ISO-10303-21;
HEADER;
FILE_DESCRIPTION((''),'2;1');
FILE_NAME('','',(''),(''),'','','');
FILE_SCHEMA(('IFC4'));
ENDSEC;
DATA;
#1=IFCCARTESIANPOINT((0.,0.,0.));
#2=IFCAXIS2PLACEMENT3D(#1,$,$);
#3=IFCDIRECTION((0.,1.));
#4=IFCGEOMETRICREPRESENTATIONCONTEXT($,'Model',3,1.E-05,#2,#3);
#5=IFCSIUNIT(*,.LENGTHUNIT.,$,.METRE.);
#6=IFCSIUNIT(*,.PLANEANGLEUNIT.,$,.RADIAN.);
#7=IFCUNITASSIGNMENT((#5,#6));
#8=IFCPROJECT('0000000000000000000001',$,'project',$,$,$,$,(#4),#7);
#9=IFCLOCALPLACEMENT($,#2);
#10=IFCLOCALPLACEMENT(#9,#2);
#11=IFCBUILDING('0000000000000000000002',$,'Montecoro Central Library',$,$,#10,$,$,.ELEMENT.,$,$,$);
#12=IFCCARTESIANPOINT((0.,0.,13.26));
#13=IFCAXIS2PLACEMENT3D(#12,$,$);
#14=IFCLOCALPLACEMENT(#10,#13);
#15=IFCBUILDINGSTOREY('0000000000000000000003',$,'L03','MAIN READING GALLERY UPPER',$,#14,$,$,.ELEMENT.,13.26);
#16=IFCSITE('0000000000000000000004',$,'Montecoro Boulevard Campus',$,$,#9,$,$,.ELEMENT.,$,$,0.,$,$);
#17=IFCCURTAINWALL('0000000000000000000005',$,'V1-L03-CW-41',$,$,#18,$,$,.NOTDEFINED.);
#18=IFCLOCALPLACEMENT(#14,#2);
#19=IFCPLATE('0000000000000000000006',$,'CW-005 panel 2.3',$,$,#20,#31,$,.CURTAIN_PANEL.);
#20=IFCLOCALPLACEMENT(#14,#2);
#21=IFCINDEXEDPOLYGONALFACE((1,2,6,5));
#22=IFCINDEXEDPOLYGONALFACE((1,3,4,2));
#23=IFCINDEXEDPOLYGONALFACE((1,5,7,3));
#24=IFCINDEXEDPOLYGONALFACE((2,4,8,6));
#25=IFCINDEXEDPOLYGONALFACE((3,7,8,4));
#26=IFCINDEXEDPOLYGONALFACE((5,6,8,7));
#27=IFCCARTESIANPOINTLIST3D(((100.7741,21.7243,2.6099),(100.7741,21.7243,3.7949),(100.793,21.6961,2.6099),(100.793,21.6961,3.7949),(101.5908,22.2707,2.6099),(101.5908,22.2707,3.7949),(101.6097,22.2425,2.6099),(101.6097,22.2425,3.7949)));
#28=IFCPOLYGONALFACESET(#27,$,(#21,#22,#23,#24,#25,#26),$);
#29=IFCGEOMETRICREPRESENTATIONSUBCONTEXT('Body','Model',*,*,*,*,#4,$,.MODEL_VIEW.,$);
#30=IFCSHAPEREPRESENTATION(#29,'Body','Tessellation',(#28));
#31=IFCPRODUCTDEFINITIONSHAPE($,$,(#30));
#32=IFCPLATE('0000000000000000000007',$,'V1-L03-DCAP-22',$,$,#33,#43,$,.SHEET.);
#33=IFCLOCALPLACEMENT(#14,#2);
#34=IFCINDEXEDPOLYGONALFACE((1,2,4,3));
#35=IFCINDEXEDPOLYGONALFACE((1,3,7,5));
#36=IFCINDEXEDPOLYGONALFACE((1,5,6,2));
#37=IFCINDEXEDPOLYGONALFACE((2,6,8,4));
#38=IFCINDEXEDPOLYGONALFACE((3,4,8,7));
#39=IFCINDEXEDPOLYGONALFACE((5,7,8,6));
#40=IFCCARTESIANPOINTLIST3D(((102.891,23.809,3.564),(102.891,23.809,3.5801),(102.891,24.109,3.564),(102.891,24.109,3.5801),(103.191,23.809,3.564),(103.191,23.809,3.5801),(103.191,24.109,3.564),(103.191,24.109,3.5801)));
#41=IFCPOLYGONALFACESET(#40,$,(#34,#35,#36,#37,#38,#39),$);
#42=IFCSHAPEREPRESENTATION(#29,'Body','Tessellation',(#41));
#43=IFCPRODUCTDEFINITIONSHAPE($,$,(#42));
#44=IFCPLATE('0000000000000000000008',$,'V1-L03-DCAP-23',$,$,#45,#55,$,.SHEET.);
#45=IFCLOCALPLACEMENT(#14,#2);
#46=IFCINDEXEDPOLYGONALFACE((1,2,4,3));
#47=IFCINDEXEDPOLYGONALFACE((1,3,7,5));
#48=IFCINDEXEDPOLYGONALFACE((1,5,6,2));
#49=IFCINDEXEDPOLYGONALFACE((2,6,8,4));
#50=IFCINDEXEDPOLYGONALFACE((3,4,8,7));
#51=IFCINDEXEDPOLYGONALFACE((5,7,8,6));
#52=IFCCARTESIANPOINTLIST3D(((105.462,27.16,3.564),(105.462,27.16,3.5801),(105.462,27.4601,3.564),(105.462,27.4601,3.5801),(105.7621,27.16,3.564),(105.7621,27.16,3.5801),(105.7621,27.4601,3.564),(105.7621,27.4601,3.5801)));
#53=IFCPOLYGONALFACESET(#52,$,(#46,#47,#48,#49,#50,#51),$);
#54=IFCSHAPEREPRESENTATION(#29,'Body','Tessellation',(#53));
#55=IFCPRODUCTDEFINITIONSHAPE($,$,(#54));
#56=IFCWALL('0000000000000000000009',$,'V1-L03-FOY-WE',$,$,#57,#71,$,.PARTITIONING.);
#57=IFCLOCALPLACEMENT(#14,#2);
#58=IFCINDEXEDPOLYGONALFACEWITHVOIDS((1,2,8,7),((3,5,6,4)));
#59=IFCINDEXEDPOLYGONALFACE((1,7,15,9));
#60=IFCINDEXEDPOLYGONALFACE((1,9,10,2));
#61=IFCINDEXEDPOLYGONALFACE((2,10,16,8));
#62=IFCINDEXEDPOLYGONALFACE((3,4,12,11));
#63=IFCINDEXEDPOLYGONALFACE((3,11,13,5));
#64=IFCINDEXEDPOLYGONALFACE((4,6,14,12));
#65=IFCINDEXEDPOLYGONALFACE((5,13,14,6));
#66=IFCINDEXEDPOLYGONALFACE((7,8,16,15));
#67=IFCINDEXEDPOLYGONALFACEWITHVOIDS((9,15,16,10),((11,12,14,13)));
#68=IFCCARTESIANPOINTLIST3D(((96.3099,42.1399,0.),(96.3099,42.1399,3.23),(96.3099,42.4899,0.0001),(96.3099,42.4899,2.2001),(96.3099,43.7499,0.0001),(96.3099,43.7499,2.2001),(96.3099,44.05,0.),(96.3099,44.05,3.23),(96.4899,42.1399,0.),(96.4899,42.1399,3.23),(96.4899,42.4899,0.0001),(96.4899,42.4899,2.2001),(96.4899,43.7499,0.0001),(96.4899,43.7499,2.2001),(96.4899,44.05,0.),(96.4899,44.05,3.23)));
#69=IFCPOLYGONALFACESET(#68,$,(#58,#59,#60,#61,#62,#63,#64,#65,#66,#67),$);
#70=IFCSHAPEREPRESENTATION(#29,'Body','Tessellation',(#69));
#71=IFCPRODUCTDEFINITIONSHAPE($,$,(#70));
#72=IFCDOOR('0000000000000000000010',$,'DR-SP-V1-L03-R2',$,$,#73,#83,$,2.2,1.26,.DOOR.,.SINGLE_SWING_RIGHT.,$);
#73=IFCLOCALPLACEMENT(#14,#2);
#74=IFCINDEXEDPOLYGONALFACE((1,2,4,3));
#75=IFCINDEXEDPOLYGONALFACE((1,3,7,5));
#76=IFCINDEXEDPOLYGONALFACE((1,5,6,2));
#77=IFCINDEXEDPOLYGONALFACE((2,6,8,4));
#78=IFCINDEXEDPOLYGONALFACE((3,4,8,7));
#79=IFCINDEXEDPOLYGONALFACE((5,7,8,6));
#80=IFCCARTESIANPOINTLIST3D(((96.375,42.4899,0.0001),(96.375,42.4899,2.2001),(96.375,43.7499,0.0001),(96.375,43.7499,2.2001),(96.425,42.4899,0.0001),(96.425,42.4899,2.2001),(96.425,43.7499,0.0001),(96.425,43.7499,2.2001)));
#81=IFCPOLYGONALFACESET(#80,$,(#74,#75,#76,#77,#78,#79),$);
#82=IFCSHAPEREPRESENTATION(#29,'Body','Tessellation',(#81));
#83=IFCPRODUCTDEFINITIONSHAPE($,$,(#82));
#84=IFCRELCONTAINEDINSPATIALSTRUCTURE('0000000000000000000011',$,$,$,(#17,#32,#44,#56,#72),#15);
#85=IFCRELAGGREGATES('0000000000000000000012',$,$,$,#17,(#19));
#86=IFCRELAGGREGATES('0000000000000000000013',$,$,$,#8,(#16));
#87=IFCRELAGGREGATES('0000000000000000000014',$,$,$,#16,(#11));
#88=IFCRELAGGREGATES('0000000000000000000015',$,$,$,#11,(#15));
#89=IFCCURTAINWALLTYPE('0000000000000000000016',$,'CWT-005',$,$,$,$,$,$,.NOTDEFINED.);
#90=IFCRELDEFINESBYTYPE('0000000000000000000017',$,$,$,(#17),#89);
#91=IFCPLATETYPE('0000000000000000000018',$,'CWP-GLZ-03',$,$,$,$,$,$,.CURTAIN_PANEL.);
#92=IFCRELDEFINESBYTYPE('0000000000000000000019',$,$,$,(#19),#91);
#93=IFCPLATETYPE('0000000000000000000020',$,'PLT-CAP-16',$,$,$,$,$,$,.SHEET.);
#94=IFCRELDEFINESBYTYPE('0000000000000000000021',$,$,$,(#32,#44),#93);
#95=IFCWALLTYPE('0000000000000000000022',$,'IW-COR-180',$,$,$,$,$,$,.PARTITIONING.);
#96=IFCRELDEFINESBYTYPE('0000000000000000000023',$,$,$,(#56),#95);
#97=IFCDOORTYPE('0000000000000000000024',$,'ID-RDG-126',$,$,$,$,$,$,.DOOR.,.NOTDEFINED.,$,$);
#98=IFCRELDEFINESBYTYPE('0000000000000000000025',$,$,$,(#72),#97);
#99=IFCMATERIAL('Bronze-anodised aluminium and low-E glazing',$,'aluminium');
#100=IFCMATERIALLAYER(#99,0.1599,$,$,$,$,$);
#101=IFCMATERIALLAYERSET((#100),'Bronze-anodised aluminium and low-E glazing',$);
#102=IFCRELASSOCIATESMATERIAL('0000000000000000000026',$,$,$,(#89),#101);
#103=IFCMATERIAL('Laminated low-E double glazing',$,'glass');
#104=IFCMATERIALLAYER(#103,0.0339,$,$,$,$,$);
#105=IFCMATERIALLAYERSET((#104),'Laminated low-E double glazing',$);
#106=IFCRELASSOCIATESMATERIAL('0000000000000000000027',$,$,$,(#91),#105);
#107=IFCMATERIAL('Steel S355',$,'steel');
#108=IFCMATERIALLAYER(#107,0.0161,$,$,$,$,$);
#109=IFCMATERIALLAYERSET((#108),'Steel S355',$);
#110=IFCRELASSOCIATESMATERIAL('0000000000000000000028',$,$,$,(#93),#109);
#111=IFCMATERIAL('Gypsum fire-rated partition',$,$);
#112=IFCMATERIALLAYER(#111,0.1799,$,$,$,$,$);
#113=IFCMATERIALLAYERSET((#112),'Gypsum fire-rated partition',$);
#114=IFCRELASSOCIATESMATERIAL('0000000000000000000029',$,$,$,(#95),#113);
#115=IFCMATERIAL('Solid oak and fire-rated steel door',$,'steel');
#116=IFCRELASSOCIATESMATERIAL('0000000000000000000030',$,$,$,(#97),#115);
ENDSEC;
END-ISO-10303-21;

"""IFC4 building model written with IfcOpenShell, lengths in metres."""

from ifc_helpers import new_model, si_unit, direction, frame, frame_2d, origin, origin_2d, place, context, subcontext, project, spatial, rectangle, extrude, material, layer, layer_set, type_object, element, fill, aggregate, save


model = new_model("IFC4")

# Units and contexts
model_context = context("Model", 3, precision=1e-05, world=origin(), true_north=direction((0.0, 1.0)))
body_context = subcontext(model_context, "Body", "Model", "MODEL_VIEW")
ifc_project = project(units=[si_unit("LENGTHUNIT", "METRE"), si_unit("PLANEANGLEUNIT", "RADIAN")], contexts=[model_context])

# Site, building, storey
site_placement = place(None, origin())
site = spatial("IfcSite", under=ifc_project, at=site_placement, Name="Montecoro Boulevard Campus", CompositionType="ELEMENT", RefElevation=0.0)
building_placement = place(site_placement, origin())
building = spatial("IfcBuilding", under=site, at=building_placement, Name="Montecoro Central Library", CompositionType="ELEMENT")
storey_placement = place(building_placement, frame((0.0, 0.0, 13.26)))
storey = spatial("IfcBuildingStorey", under=building, at=storey_placement, Name="L03", Description="MAIN READING GALLERY UPPER", CompositionType="ELEMENT", Elevation=13.26)

# Shared definitions
ifc_material_1 = material(Name="Steel S355", Category="steel")

# Curtain wall, plate
ifc_material_2 = material(Name="Bronze-anodised aluminium and low-E glazing", Category="aluminium")
ifc_layer_1 = layer(ifc_material_2, 0.1599)
ifc_layer_set_1 = layer_set([ifc_layer_1], Name="Bronze-anodised aluminium and low-E glazing")
curtain_wall_type = type_object("IfcCurtainWallType", Name="CWT-005", PredefinedType="NOTDEFINED", material=ifc_layer_set_1)
curtain_wall_placement = place(storey_placement, origin())
curtain_wall = element("IfcCurtainWall", 1, at=curtain_wall_placement, inside=storey, type_object=curtain_wall_type, Name="V1-L03-CW-41", PredefinedType="NOTDEFINED")
ifc_material_3 = material(Name="Laminated low-E double glazing", Category="glass")
ifc_layer_2 = layer(ifc_material_3, 0.0339)
ifc_layer_set_2 = layer_set([ifc_layer_2], Name="Laminated low-E double glazing")
plate_type_1 = type_object("IfcPlateType", Name="CWP-GLZ-03", PredefinedType="CURTAIN_PANEL", material=ifc_layer_set_2)
plate_1_placement = place(storey_placement, frame((101.1919, 21.9834, 2.6099), z_axis=(0.0, 0.0, 1.0), x_axis=(0.831117, 0.556098, 0.0)))
plate_1 = element("IfcPlate", 2, at=plate_1_placement, type_object=plate_type_1, Name="CW-005 panel 2.3", PredefinedType="CURTAIN_PANEL", context=body_context, shape_type="SweptSolid", body=[
    extrude(rectangle(XDim=0.9827, YDim=0.0339, at=origin_2d()), origin(), (0.0, 0.0, 1.0), 1.1851),
])
aggregate(curtain_wall, [plate_1])

# Plates
ifc_layer_3 = layer(ifc_material_1, 0.0161)
ifc_layer_set_3 = layer_set([ifc_layer_3], Name="Steel S355")
plate_type_2 = type_object("IfcPlateType", Name="PLT-CAP-16", PredefinedType="SHEET", material=ifc_layer_set_3)
for number, where, z_axis, x_axis, name in (
    (3, (103.041, 23.959, 3.564), (0.0, 0.0, 1.0), (1.0, 0.0, 0.0), "V1-L03-DCAP-22"),
    (4, (105.6121, 27.3101, 3.564), (0.0, 0.0, 1.0), (1.0, 0.0, 0.0), "V1-L03-DCAP-23"),
):
    element("IfcPlate", number, at=place(storey_placement, frame(where, z_axis=z_axis, x_axis=x_axis)), inside=storey, type_object=plate_type_2, Name=name, PredefinedType="SHEET", context=body_context, shape_type="SweptSolid", body=[
        extrude(rectangle(XDim=0.3, YDim=0.3, at=origin_2d()), origin(), (0.0, 0.0, 1.0), 0.0161),
    ])

# Wall, opening, door
ifc_material_4 = material(Name="Gypsum fire-rated partition")
ifc_layer_4 = layer(ifc_material_4, 0.1799)
ifc_layer_set_4 = layer_set([ifc_layer_4], Name="Gypsum fire-rated partition")
wall_type_1 = type_object("IfcWallType", Name="IW-COR-180", PredefinedType="PARTITIONING", material=ifc_layer_set_4)
wall_1_placement = place(storey_placement, frame((96.3999, 42.1399, 0.0), z_axis=(0.0, 0.0, 1.0), x_axis=(0.0, 1.0, 0.0)))
wall_1 = element("IfcWall", 5, at=wall_1_placement, inside=storey, type_object=wall_type_1, Name="V1-L03-FOY-WE", PredefinedType="PARTITIONING", context=body_context, shape_type="SweptSolid", body=[
    extrude(rectangle(XDim=1.9102, YDim=0.1799, at=frame_2d((0.9551, 0.0))), origin(), (0.0, 0.0, 1.0), 3.23),
])
opening_1_placement = place(wall_1_placement, frame((0.3501, 0.0, 0.0)))
opening_1 = element("IfcOpeningElement", 6, at=opening_1_placement, cuts=wall_1, PredefinedType="OPENING", context=body_context, shape_type="SweptSolid", body=[
    extrude(rectangle(XDim=1.26, YDim=2.2, at=frame_2d((0.6299, 1.1001))), frame((0.0, 0.0999, 0.0), z_axis=(0.0, -1.0, 0.0), x_axis=(1.0, 0.0, 0.0)), (0.0, 0.0, 1.0), 0.2),
])
ifc_material_5 = material(Name="Solid oak and fire-rated steel door", Category="steel")
door_type = type_object("IfcDoorType", Name="ID-RDG-126", OperationType="NOTDEFINED", PredefinedType="DOOR", material=ifc_material_5)
door_placement = place(opening_1_placement, origin())
door = element("IfcDoor", 7, at=door_placement, inside=storey, type_object=door_type, Name="DR-SP-V1-L03-R2", OperationType="SINGLE_SWING_RIGHT", OverallHeight=2.2, OverallWidth=1.26, PredefinedType="DOOR", context=body_context, shape_type="SweptSolid", body=[
    extrude(rectangle(XDim=1.26, YDim=2.2, at=frame_2d((0.6299, 1.1001))), frame((0.0, 0.0249, 0.0), z_axis=(0.0, -1.0, 0.0), x_axis=(1.0, 0.0, 0.0)), (0.0, 0.0, 1.0), 0.05),
])
fill(opening_1, door)

save(model, "model.ifc")
